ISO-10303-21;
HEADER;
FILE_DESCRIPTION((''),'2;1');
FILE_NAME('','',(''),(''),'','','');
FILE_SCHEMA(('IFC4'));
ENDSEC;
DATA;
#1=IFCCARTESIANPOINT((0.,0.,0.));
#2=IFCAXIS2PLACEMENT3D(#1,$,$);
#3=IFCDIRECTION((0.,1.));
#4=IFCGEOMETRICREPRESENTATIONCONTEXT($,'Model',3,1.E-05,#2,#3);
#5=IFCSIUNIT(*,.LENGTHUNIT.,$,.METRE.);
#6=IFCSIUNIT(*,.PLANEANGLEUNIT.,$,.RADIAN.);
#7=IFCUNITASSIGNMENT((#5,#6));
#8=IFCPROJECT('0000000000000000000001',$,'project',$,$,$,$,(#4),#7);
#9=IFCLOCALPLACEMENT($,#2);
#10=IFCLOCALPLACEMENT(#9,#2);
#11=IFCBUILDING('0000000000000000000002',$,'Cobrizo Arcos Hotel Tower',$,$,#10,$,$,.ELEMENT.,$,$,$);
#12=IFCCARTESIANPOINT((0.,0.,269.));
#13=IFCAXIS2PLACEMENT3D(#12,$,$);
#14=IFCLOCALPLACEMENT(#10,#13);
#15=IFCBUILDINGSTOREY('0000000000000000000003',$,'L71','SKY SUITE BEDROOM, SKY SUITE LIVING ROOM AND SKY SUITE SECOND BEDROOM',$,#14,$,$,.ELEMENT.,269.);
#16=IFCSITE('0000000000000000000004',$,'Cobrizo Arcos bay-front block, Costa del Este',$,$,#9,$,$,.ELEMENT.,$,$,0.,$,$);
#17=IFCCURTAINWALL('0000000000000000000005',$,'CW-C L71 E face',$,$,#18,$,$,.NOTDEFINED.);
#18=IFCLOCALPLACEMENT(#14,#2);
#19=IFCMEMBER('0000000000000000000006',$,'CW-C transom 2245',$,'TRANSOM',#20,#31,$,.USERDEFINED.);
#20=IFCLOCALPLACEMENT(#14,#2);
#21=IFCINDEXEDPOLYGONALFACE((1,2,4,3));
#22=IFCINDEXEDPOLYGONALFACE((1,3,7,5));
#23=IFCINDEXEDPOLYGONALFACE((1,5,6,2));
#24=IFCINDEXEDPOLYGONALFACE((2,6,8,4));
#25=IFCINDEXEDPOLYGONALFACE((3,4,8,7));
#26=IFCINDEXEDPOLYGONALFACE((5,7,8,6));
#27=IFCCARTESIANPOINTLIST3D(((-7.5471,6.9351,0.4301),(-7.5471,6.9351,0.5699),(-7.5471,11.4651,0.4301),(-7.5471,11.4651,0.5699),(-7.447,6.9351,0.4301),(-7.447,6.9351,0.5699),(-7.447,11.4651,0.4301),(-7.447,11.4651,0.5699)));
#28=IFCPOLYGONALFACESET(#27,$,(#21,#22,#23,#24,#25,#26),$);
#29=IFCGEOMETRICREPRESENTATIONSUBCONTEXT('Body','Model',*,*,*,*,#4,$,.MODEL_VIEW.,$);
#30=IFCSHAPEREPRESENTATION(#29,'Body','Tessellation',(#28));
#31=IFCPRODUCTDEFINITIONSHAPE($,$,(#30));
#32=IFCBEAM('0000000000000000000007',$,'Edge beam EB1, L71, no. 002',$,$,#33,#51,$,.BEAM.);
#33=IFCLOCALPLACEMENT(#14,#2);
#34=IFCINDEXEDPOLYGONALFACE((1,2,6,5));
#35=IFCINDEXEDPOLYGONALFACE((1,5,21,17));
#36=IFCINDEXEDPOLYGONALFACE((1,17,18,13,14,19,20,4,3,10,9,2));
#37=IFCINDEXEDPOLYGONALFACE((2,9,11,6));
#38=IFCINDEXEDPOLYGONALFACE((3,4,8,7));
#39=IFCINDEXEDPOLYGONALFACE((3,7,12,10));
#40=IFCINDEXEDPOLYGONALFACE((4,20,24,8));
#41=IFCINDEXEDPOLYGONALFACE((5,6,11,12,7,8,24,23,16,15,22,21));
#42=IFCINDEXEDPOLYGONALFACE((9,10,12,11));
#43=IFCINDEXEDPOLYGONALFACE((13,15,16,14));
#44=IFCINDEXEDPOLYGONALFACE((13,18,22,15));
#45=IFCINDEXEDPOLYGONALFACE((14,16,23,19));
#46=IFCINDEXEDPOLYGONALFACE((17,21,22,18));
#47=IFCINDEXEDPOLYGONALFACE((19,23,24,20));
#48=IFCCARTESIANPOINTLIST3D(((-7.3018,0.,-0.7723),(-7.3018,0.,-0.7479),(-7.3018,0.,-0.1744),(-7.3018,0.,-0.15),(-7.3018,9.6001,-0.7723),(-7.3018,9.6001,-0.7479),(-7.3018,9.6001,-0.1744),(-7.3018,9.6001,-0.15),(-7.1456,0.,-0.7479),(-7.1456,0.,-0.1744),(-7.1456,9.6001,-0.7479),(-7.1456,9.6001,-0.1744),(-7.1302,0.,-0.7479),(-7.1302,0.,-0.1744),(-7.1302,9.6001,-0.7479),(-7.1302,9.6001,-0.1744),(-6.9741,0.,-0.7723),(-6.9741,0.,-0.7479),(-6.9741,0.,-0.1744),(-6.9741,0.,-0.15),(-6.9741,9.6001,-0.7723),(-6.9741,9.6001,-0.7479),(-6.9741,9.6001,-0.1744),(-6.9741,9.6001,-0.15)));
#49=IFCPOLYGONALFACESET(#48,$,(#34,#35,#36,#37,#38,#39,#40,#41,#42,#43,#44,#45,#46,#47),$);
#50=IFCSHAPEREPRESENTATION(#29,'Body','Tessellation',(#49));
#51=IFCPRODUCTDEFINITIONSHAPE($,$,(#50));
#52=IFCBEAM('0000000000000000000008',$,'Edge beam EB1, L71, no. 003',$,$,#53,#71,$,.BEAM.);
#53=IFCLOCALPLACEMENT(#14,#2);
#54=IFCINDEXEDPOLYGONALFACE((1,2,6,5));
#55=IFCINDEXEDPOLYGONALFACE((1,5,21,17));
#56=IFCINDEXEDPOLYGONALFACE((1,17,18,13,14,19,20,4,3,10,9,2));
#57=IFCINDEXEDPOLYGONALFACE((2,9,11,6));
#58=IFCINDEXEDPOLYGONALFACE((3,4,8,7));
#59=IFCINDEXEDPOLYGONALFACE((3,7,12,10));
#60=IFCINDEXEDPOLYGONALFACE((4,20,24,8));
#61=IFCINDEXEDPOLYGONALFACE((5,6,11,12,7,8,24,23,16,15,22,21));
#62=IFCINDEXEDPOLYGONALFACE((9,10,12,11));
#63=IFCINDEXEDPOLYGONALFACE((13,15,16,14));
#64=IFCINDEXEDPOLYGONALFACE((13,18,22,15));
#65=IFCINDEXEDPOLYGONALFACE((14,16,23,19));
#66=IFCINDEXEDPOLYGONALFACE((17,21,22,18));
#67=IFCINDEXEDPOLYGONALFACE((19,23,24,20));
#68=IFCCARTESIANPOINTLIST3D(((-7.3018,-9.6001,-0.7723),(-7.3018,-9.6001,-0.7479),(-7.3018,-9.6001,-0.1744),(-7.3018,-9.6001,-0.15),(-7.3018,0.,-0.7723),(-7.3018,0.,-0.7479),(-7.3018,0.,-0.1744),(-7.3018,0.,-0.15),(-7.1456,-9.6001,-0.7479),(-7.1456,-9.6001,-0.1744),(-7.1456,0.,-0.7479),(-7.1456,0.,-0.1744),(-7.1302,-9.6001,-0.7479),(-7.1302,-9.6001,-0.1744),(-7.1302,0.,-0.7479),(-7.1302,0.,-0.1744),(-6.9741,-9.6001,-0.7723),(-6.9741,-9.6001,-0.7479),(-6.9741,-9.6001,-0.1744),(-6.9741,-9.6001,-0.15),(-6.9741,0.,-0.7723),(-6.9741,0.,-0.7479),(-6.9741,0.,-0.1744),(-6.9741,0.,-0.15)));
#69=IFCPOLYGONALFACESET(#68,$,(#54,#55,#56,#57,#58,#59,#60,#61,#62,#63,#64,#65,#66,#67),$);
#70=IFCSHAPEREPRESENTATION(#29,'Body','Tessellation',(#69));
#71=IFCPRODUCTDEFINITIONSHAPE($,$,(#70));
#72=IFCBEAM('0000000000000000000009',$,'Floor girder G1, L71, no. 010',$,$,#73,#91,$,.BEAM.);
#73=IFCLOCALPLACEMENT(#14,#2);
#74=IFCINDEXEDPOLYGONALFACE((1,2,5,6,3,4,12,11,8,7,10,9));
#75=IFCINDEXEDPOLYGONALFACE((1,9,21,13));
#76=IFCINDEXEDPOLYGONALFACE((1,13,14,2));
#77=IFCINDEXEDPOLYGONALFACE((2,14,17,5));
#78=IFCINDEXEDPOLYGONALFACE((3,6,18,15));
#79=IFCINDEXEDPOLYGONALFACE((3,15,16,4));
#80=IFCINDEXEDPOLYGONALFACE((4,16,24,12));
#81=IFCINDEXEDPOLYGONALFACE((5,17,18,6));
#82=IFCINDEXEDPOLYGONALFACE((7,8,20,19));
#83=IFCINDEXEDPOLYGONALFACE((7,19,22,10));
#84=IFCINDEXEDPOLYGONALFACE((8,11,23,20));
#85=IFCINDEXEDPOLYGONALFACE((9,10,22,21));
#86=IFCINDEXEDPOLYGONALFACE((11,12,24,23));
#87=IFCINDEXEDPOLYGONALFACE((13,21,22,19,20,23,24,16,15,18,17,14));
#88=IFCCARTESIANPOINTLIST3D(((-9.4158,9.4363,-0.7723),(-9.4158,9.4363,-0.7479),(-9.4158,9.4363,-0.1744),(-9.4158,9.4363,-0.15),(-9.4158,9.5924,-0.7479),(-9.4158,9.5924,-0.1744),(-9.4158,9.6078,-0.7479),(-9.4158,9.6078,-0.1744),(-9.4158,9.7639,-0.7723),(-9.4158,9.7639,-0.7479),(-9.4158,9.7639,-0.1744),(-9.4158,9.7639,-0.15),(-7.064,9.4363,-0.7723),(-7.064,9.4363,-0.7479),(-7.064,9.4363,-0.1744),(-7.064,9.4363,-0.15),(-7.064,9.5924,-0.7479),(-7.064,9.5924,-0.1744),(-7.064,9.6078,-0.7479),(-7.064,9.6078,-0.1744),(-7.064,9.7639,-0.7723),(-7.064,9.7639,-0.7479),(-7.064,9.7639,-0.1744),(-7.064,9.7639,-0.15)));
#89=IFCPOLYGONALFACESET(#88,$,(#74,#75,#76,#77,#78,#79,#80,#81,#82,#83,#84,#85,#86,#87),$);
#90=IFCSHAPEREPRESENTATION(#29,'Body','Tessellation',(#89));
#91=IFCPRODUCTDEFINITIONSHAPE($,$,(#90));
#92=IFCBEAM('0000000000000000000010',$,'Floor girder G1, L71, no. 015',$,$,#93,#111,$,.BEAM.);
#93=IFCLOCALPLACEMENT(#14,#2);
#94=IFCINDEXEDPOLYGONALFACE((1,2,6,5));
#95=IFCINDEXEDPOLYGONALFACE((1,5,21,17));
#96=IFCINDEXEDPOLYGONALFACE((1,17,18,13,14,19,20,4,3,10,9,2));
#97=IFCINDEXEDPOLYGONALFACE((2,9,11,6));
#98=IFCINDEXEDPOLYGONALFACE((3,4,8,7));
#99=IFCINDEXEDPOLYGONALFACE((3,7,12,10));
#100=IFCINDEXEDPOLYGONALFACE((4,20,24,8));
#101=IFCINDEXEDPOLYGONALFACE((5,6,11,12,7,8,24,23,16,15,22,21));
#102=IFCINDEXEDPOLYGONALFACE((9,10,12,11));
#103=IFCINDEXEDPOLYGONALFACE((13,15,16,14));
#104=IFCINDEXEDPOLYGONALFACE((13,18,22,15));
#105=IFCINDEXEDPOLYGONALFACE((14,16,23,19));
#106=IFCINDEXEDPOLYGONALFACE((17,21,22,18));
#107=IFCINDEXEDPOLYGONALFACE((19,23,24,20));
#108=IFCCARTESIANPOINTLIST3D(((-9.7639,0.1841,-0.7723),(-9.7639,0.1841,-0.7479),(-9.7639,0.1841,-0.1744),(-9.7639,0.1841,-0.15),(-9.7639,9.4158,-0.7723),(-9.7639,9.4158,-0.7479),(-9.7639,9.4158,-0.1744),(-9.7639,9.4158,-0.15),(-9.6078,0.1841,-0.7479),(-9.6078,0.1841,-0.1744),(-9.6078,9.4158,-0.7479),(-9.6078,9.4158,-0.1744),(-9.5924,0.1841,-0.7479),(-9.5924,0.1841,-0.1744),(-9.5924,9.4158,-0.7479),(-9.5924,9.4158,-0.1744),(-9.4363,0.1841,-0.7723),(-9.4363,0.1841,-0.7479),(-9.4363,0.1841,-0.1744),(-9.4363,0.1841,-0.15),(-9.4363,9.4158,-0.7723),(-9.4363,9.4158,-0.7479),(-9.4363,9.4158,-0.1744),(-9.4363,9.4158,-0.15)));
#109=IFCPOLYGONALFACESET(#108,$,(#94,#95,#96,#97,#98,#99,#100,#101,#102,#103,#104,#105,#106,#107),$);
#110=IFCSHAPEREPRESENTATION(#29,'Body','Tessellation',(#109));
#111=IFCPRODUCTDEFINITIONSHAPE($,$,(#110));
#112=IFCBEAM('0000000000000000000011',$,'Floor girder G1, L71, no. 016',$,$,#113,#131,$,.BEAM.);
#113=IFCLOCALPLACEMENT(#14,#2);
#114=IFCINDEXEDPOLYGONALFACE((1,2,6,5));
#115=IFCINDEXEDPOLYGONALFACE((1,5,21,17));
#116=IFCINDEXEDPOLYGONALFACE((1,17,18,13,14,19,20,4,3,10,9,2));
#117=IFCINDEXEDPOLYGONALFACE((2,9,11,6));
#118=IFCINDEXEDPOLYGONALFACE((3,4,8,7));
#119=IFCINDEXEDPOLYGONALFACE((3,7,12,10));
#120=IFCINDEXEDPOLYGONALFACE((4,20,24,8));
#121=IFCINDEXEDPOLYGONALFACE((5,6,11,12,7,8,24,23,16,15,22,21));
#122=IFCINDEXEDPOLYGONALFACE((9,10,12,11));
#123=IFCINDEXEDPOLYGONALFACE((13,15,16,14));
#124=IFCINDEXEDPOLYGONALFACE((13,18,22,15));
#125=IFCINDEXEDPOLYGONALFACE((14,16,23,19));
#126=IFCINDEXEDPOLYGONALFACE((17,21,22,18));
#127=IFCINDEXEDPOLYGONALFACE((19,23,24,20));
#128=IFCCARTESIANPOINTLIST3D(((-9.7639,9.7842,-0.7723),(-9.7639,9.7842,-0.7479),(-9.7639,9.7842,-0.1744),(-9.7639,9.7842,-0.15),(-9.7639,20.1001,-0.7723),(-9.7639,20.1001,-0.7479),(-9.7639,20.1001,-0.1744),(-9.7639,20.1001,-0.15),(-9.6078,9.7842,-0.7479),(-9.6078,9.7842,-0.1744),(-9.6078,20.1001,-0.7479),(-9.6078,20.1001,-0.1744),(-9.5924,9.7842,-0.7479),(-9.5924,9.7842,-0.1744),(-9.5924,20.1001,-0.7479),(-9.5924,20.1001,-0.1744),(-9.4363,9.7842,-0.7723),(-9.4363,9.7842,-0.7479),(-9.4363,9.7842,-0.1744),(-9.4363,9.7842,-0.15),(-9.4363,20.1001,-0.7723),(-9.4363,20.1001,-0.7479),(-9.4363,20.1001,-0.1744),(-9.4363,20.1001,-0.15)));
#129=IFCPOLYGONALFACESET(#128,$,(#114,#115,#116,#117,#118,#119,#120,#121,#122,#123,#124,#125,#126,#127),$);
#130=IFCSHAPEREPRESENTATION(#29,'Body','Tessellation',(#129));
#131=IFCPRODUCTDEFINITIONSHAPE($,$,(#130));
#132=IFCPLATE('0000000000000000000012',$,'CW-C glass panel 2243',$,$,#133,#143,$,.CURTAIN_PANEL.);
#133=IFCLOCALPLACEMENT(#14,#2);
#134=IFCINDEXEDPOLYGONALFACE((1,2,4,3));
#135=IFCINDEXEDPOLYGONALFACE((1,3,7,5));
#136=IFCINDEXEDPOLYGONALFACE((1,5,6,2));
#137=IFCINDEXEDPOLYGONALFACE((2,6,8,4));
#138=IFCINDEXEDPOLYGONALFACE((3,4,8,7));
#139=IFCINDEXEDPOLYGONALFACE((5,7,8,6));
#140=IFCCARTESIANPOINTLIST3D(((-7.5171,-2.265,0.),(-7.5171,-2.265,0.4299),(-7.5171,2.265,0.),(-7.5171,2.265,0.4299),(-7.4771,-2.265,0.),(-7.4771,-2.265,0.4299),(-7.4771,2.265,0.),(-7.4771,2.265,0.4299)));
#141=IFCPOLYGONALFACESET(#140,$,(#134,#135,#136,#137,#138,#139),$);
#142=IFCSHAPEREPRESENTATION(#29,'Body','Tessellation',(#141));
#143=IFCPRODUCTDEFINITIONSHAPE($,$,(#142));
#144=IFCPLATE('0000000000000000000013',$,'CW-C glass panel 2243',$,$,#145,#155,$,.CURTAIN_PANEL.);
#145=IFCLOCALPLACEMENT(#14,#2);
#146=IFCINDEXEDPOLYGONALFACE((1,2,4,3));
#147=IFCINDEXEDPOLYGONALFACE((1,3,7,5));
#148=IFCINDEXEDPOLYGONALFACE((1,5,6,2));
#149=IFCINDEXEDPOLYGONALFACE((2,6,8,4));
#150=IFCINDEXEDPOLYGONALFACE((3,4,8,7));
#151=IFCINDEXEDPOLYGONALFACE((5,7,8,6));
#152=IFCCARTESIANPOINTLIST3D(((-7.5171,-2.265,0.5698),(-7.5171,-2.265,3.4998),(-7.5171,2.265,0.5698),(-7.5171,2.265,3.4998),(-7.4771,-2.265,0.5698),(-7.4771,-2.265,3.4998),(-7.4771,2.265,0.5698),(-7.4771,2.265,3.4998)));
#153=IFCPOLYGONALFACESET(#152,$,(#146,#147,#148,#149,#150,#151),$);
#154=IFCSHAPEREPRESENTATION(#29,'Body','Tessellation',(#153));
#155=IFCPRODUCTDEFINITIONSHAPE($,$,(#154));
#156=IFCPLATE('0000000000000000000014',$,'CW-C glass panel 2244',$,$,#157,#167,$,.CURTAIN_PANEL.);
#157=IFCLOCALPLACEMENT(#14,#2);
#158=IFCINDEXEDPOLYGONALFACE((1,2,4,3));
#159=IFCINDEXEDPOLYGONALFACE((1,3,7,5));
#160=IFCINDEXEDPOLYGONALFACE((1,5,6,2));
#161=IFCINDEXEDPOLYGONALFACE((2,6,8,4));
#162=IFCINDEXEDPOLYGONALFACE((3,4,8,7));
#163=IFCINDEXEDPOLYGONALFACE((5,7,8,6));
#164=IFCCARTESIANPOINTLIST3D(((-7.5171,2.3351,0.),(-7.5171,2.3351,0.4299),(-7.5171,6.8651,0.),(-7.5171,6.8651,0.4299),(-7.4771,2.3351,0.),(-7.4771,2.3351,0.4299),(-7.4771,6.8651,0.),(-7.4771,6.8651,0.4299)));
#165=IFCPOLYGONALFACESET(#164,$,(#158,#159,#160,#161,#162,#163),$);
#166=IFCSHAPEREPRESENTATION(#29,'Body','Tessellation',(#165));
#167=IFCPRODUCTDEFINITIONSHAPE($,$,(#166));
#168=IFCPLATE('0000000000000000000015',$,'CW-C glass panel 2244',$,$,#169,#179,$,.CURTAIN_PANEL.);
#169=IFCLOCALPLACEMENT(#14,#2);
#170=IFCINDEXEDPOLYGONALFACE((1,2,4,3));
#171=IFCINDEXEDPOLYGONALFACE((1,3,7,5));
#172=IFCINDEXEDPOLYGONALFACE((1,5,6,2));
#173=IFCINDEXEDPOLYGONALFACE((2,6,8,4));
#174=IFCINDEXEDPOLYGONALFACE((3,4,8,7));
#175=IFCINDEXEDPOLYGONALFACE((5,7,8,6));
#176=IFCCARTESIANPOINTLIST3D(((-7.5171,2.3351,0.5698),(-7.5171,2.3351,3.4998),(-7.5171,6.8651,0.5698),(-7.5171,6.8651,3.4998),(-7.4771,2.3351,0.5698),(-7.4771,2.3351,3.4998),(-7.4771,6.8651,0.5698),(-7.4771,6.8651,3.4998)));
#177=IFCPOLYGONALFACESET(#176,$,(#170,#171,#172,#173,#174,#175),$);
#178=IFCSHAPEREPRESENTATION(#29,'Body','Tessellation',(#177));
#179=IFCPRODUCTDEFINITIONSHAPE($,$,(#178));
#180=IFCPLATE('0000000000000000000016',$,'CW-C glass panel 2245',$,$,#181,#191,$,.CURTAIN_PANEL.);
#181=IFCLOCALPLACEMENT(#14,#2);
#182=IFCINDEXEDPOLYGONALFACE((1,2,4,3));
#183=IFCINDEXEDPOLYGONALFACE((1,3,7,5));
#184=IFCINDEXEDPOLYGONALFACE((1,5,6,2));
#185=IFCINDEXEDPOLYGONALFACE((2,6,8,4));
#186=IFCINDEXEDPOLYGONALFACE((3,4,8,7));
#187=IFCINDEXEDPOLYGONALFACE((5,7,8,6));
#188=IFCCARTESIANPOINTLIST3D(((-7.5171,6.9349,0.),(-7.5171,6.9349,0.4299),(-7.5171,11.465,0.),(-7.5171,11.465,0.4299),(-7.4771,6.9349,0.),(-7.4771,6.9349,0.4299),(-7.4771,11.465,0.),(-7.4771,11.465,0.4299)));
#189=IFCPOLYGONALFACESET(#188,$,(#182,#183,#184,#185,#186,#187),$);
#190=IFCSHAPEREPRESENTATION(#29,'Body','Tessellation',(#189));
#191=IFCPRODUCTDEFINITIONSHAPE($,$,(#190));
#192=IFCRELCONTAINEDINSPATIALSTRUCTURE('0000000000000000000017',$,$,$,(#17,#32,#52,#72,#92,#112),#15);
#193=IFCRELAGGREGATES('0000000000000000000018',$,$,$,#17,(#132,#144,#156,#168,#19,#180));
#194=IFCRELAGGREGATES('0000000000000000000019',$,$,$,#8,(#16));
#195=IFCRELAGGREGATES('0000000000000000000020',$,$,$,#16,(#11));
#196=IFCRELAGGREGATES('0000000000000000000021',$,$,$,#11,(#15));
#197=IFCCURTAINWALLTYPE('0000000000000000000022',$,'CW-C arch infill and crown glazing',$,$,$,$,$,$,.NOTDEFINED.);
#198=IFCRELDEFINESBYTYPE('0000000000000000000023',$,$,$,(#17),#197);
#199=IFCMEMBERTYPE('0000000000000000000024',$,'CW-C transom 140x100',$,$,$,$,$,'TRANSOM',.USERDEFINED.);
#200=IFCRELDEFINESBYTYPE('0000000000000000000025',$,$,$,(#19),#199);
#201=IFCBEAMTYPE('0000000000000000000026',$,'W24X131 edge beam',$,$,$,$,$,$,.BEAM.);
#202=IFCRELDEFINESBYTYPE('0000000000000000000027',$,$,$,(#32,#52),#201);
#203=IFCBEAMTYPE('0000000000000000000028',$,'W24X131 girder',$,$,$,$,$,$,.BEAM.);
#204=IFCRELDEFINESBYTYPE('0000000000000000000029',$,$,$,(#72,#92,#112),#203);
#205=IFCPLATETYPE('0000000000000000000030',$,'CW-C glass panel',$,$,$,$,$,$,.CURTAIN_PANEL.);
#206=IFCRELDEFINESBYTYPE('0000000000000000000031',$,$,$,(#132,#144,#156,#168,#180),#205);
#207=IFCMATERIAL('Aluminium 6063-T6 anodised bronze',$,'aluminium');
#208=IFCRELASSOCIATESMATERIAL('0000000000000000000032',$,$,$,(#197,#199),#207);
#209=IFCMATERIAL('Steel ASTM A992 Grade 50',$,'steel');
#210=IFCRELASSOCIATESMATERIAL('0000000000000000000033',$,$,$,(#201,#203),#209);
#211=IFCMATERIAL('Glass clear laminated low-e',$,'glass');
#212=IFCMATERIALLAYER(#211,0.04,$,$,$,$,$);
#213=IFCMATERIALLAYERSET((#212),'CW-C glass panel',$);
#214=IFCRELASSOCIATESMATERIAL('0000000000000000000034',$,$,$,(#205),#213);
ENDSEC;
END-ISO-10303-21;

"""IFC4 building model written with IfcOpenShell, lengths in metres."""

from ifc_helpers import new_model, si_unit, direction, frame, origin, origin_2d, place, context, subcontext, project, spatial, rectangle, i_section, extrude, material, layer, layer_set, material_profile, profile_set, type_object, element, aggregate, save


model = new_model("IFC4")

# Units and contexts
model_context = context("Model", 3, precision=1e-05, world=origin(), true_north=direction((0.0, 1.0)))
body_context = subcontext(model_context, "Body", "Model", "MODEL_VIEW")
ifc_project = project(units=[si_unit("LENGTHUNIT", "METRE"), si_unit("PLANEANGLEUNIT", "RADIAN")], contexts=[model_context])

# Site, building, storey
site_placement = place(None, origin())
site = spatial("IfcSite", under=ifc_project, at=site_placement, Name="Cobrizo Arcos bay-front block, Costa del Este", CompositionType="ELEMENT", RefElevation=0.0)
building_placement = place(site_placement, origin())
building = spatial("IfcBuilding", under=site, at=building_placement, Name="Cobrizo Arcos Hotel Tower", CompositionType="ELEMENT")
storey_placement = place(building_placement, frame((0.0, 0.0, 269.0)))
storey = spatial("IfcBuildingStorey", under=building, at=storey_placement, Name="L71", Description="SKY SUITE BEDROOM, SKY SUITE LIVING ROOM AND SKY SUITE SECOND BEDROOM", CompositionType="ELEMENT", Elevation=269.0)

# Shared definitions
ifc_material_1 = material(Name="Steel ASTM A992 Grade 50", Category="steel")

# Curtain wall, member
ifc_material_2 = material(Name="Aluminium 6063-T6 anodised bronze", Category="aluminium")
curtain_wall_type = type_object("IfcCurtainWallType", Name="CW-C arch infill and crown glazing", PredefinedType="NOTDEFINED", material=ifc_material_2)
curtain_wall_placement = place(storey_placement, origin())
curtain_wall = element("IfcCurtainWall", 1, at=curtain_wall_placement, inside=storey, type_object=curtain_wall_type, Name="CW-C L71 E face", PredefinedType="NOTDEFINED")
ifc_material_profile_1 = material_profile(ifc_material_2, rectangle(XDim=0.1001, YDim=0.1399, at=origin_2d()), Name="CW-C transom 140x100")
ifc_profile_set_1 = profile_set([ifc_material_profile_1], Name="Aluminium 6063-T6 anodised bronze")
member_type_1 = type_object("IfcMemberType", Name="CW-C transom 140x100", ElementType="TRANSOM", PredefinedType="USERDEFINED", material=ifc_profile_set_1)
member_1_placement = place(storey_placement, frame((-7.4971, 6.9351, 0.5), z_axis=(0.0, 1.0, 0.0), x_axis=(-1.0, 0.0, 0.0)))
member_1 = element("IfcMember", 2, at=member_1_placement, type_object=member_type_1, Name="CW-C transom 2245", ObjectType="TRANSOM", PredefinedType="USERDEFINED", context=body_context, shape_type="SweptSolid", body=[
    extrude(rectangle(XDim=0.1001, YDim=0.1399, at=origin_2d()), origin(), (0.0, 0.0, 1.0), 4.53),
])

# Beams
ifc_material_profile_2 = material_profile(ifc_material_1, i_section(OverallWidth=0.3276, OverallDepth=0.6223, WebThickness=0.0154, FlangeThickness=0.0244, at=origin_2d()), Name="W24X131")
ifc_profile_set_2 = profile_set([ifc_material_profile_2], Name="Steel ASTM A992 Grade 50")
beam_type_1 = type_object("IfcBeamType", Name="W24X131 edge beam", PredefinedType="BEAM", material=ifc_profile_set_2)
for number, where, z_axis, x_axis, name in (
    (3, (-7.1379, 9.6001, -0.4612), (0.0, -1.0, 0.0), (1.0, 0.0, 0.0), "Edge beam EB1, L71, no. 002"),
    (4, (-7.1379, 0.0, -0.4612), (0.0, -1.0, 0.0), (1.0, 0.0, 0.0), "Edge beam EB1, L71, no. 003"),
):
    element("IfcBeam", number, at=place(storey_placement, frame(where, z_axis=z_axis, x_axis=x_axis)), inside=storey, type_object=beam_type_1, Name=name, PredefinedType="BEAM", context=body_context, shape_type="SweptSolid", body=[
        extrude(i_section(OverallWidth=0.3276, OverallDepth=0.6223, WebThickness=0.0154, FlangeThickness=0.0244, at=origin_2d()), origin(), (0.0, 0.0, 1.0), 9.6001),
    ])
ifc_material_profile_3 = material_profile(ifc_material_1, i_section(OverallWidth=0.3276, OverallDepth=0.6223, WebThickness=0.0154, FlangeThickness=0.0244, at=origin_2d()), Name="W24X131")
ifc_profile_set_3 = profile_set([ifc_material_profile_3], Name="Steel ASTM A992 Grade 50")
beam_type_2 = type_object("IfcBeamType", Name="W24X131 girder", PredefinedType="BEAM", material=ifc_profile_set_3)
beam_1_placement = place(storey_placement, frame((-9.4158, 9.6001, -0.4612), z_axis=(1.0, 0.0, 0.0), x_axis=(0.0, 1.0, 0.0)))
element("IfcBeam", 5, at=beam_1_placement, inside=storey, type_object=beam_type_2, Name="Floor girder G1, L71, no. 010", PredefinedType="BEAM", context=body_context, shape_type="SweptSolid", body=[
    extrude(i_section(OverallWidth=0.3276, OverallDepth=0.6223, WebThickness=0.0154, FlangeThickness=0.0244, at=origin_2d()), origin(), (0.0, 0.0, 1.0), 2.3518),
])
beam_2_placement = place(storey_placement, frame((-9.6001, 0.1841, -0.4612), z_axis=(0.0, 1.0, 0.0), x_axis=(-1.0, 0.0, 0.0)))
element("IfcBeam", 6, at=beam_2_placement, inside=storey, type_object=beam_type_2, Name="Floor girder G1, L71, no. 015", PredefinedType="BEAM", context=body_context, shape_type="SweptSolid", body=[
    extrude(i_section(OverallWidth=0.3276, OverallDepth=0.6223, WebThickness=0.0154, FlangeThickness=0.0244, at=origin_2d()), origin(), (0.0, 0.0, 1.0), 9.2317),
])
beam_3_placement = place(storey_placement, frame((-9.6001, 9.7842, -0.4612), z_axis=(0.0, 1.0, 0.0), x_axis=(-1.0, 0.0, 0.0)))
element("IfcBeam", 7, at=beam_3_placement, inside=storey, type_object=beam_type_2, Name="Floor girder G1, L71, no. 016", PredefinedType="BEAM", context=body_context, shape_type="SweptSolid", body=[
    extrude(i_section(OverallWidth=0.3276, OverallDepth=0.6223, WebThickness=0.0154, FlangeThickness=0.0244, at=origin_2d()), origin(), (0.0, 0.0, 1.0), 10.3159),
])

# Plates
ifc_material_3 = material(Name="Glass clear laminated low-e", Category="glass")
ifc_layer_1 = layer(ifc_material_3, 0.04)
ifc_layer_set_1 = layer_set([ifc_layer_1], Name="CW-C glass panel")
plate_type = type_object("IfcPlateType", Name="CW-C glass panel", PredefinedType="CURTAIN_PANEL", material=ifc_layer_set_1)
plate_1_placement = place(storey_placement, frame((-7.4971, 0.0, 0.0), z_axis=(0.0, 0.0, 1.0), x_axis=(0.0, 1.0, 0.0)))
plate_1 = element("IfcPlate", 8, at=plate_1_placement, type_object=plate_type, Name="CW-C glass panel 2243", PredefinedType="CURTAIN_PANEL", context=body_context, shape_type="SweptSolid", body=[
    extrude(rectangle(XDim=4.53, YDim=0.04, at=origin_2d()), origin(), (0.0, 0.0, 1.0), 0.4299),
])
plate_2_placement = place(storey_placement, frame((-7.4971, 0.0, 0.5698), z_axis=(0.0, 0.0, 1.0), x_axis=(0.0, 1.0, 0.0)))
plate_2 = element("IfcPlate", 9, at=plate_2_placement, type_object=plate_type, Name="CW-C glass panel 2243", PredefinedType="CURTAIN_PANEL", context=body_context, shape_type="SweptSolid", body=[
    extrude(rectangle(XDim=4.53, YDim=0.04, at=origin_2d()), origin(), (0.0, 0.0, 1.0), 2.9299),
])
plate_3_placement = place(storey_placement, frame((-7.4971, 4.6001, 0.0), z_axis=(0.0, 0.0, 1.0), x_axis=(0.0, 1.0, 0.0)))
plate_3 = element("IfcPlate", 10, at=plate_3_placement, type_object=plate_type, Name="CW-C glass panel 2244", PredefinedType="CURTAIN_PANEL", context=body_context, shape_type="SweptSolid", body=[
    extrude(rectangle(XDim=4.53, YDim=0.04, at=origin_2d()), origin(), (0.0, 0.0, 1.0), 0.4299),
])
plate_4_placement = place(storey_placement, frame((-7.4971, 4.6001, 0.5698), z_axis=(0.0, 0.0, 1.0), x_axis=(0.0, 1.0, 0.0)))
plate_4 = element("IfcPlate", 11, at=plate_4_placement, type_object=plate_type, Name="CW-C glass panel 2244", PredefinedType="CURTAIN_PANEL", context=body_context, shape_type="SweptSolid", body=[
    extrude(rectangle(XDim=4.53, YDim=0.04, at=origin_2d()), origin(), (0.0, 0.0, 1.0), 2.9299),
])
plate_5_placement = place(storey_placement, frame((-7.4971, 9.2, 0.0), z_axis=(0.0, 0.0, 1.0), x_axis=(0.0, 1.0, 0.0)))
plate_5 = element("IfcPlate", 12, at=plate_5_placement, type_object=plate_type, Name="CW-C glass panel 2245", PredefinedType="CURTAIN_PANEL", context=body_context, shape_type="SweptSolid", body=[
    extrude(rectangle(XDim=4.53, YDim=0.04, at=origin_2d()), origin(), (0.0, 0.0, 1.0), 0.4299),
])
aggregate(curtain_wall, [plate_1, plate_2, plate_3, plate_4, member_1, plate_5])

save(model, "model.ifc")
